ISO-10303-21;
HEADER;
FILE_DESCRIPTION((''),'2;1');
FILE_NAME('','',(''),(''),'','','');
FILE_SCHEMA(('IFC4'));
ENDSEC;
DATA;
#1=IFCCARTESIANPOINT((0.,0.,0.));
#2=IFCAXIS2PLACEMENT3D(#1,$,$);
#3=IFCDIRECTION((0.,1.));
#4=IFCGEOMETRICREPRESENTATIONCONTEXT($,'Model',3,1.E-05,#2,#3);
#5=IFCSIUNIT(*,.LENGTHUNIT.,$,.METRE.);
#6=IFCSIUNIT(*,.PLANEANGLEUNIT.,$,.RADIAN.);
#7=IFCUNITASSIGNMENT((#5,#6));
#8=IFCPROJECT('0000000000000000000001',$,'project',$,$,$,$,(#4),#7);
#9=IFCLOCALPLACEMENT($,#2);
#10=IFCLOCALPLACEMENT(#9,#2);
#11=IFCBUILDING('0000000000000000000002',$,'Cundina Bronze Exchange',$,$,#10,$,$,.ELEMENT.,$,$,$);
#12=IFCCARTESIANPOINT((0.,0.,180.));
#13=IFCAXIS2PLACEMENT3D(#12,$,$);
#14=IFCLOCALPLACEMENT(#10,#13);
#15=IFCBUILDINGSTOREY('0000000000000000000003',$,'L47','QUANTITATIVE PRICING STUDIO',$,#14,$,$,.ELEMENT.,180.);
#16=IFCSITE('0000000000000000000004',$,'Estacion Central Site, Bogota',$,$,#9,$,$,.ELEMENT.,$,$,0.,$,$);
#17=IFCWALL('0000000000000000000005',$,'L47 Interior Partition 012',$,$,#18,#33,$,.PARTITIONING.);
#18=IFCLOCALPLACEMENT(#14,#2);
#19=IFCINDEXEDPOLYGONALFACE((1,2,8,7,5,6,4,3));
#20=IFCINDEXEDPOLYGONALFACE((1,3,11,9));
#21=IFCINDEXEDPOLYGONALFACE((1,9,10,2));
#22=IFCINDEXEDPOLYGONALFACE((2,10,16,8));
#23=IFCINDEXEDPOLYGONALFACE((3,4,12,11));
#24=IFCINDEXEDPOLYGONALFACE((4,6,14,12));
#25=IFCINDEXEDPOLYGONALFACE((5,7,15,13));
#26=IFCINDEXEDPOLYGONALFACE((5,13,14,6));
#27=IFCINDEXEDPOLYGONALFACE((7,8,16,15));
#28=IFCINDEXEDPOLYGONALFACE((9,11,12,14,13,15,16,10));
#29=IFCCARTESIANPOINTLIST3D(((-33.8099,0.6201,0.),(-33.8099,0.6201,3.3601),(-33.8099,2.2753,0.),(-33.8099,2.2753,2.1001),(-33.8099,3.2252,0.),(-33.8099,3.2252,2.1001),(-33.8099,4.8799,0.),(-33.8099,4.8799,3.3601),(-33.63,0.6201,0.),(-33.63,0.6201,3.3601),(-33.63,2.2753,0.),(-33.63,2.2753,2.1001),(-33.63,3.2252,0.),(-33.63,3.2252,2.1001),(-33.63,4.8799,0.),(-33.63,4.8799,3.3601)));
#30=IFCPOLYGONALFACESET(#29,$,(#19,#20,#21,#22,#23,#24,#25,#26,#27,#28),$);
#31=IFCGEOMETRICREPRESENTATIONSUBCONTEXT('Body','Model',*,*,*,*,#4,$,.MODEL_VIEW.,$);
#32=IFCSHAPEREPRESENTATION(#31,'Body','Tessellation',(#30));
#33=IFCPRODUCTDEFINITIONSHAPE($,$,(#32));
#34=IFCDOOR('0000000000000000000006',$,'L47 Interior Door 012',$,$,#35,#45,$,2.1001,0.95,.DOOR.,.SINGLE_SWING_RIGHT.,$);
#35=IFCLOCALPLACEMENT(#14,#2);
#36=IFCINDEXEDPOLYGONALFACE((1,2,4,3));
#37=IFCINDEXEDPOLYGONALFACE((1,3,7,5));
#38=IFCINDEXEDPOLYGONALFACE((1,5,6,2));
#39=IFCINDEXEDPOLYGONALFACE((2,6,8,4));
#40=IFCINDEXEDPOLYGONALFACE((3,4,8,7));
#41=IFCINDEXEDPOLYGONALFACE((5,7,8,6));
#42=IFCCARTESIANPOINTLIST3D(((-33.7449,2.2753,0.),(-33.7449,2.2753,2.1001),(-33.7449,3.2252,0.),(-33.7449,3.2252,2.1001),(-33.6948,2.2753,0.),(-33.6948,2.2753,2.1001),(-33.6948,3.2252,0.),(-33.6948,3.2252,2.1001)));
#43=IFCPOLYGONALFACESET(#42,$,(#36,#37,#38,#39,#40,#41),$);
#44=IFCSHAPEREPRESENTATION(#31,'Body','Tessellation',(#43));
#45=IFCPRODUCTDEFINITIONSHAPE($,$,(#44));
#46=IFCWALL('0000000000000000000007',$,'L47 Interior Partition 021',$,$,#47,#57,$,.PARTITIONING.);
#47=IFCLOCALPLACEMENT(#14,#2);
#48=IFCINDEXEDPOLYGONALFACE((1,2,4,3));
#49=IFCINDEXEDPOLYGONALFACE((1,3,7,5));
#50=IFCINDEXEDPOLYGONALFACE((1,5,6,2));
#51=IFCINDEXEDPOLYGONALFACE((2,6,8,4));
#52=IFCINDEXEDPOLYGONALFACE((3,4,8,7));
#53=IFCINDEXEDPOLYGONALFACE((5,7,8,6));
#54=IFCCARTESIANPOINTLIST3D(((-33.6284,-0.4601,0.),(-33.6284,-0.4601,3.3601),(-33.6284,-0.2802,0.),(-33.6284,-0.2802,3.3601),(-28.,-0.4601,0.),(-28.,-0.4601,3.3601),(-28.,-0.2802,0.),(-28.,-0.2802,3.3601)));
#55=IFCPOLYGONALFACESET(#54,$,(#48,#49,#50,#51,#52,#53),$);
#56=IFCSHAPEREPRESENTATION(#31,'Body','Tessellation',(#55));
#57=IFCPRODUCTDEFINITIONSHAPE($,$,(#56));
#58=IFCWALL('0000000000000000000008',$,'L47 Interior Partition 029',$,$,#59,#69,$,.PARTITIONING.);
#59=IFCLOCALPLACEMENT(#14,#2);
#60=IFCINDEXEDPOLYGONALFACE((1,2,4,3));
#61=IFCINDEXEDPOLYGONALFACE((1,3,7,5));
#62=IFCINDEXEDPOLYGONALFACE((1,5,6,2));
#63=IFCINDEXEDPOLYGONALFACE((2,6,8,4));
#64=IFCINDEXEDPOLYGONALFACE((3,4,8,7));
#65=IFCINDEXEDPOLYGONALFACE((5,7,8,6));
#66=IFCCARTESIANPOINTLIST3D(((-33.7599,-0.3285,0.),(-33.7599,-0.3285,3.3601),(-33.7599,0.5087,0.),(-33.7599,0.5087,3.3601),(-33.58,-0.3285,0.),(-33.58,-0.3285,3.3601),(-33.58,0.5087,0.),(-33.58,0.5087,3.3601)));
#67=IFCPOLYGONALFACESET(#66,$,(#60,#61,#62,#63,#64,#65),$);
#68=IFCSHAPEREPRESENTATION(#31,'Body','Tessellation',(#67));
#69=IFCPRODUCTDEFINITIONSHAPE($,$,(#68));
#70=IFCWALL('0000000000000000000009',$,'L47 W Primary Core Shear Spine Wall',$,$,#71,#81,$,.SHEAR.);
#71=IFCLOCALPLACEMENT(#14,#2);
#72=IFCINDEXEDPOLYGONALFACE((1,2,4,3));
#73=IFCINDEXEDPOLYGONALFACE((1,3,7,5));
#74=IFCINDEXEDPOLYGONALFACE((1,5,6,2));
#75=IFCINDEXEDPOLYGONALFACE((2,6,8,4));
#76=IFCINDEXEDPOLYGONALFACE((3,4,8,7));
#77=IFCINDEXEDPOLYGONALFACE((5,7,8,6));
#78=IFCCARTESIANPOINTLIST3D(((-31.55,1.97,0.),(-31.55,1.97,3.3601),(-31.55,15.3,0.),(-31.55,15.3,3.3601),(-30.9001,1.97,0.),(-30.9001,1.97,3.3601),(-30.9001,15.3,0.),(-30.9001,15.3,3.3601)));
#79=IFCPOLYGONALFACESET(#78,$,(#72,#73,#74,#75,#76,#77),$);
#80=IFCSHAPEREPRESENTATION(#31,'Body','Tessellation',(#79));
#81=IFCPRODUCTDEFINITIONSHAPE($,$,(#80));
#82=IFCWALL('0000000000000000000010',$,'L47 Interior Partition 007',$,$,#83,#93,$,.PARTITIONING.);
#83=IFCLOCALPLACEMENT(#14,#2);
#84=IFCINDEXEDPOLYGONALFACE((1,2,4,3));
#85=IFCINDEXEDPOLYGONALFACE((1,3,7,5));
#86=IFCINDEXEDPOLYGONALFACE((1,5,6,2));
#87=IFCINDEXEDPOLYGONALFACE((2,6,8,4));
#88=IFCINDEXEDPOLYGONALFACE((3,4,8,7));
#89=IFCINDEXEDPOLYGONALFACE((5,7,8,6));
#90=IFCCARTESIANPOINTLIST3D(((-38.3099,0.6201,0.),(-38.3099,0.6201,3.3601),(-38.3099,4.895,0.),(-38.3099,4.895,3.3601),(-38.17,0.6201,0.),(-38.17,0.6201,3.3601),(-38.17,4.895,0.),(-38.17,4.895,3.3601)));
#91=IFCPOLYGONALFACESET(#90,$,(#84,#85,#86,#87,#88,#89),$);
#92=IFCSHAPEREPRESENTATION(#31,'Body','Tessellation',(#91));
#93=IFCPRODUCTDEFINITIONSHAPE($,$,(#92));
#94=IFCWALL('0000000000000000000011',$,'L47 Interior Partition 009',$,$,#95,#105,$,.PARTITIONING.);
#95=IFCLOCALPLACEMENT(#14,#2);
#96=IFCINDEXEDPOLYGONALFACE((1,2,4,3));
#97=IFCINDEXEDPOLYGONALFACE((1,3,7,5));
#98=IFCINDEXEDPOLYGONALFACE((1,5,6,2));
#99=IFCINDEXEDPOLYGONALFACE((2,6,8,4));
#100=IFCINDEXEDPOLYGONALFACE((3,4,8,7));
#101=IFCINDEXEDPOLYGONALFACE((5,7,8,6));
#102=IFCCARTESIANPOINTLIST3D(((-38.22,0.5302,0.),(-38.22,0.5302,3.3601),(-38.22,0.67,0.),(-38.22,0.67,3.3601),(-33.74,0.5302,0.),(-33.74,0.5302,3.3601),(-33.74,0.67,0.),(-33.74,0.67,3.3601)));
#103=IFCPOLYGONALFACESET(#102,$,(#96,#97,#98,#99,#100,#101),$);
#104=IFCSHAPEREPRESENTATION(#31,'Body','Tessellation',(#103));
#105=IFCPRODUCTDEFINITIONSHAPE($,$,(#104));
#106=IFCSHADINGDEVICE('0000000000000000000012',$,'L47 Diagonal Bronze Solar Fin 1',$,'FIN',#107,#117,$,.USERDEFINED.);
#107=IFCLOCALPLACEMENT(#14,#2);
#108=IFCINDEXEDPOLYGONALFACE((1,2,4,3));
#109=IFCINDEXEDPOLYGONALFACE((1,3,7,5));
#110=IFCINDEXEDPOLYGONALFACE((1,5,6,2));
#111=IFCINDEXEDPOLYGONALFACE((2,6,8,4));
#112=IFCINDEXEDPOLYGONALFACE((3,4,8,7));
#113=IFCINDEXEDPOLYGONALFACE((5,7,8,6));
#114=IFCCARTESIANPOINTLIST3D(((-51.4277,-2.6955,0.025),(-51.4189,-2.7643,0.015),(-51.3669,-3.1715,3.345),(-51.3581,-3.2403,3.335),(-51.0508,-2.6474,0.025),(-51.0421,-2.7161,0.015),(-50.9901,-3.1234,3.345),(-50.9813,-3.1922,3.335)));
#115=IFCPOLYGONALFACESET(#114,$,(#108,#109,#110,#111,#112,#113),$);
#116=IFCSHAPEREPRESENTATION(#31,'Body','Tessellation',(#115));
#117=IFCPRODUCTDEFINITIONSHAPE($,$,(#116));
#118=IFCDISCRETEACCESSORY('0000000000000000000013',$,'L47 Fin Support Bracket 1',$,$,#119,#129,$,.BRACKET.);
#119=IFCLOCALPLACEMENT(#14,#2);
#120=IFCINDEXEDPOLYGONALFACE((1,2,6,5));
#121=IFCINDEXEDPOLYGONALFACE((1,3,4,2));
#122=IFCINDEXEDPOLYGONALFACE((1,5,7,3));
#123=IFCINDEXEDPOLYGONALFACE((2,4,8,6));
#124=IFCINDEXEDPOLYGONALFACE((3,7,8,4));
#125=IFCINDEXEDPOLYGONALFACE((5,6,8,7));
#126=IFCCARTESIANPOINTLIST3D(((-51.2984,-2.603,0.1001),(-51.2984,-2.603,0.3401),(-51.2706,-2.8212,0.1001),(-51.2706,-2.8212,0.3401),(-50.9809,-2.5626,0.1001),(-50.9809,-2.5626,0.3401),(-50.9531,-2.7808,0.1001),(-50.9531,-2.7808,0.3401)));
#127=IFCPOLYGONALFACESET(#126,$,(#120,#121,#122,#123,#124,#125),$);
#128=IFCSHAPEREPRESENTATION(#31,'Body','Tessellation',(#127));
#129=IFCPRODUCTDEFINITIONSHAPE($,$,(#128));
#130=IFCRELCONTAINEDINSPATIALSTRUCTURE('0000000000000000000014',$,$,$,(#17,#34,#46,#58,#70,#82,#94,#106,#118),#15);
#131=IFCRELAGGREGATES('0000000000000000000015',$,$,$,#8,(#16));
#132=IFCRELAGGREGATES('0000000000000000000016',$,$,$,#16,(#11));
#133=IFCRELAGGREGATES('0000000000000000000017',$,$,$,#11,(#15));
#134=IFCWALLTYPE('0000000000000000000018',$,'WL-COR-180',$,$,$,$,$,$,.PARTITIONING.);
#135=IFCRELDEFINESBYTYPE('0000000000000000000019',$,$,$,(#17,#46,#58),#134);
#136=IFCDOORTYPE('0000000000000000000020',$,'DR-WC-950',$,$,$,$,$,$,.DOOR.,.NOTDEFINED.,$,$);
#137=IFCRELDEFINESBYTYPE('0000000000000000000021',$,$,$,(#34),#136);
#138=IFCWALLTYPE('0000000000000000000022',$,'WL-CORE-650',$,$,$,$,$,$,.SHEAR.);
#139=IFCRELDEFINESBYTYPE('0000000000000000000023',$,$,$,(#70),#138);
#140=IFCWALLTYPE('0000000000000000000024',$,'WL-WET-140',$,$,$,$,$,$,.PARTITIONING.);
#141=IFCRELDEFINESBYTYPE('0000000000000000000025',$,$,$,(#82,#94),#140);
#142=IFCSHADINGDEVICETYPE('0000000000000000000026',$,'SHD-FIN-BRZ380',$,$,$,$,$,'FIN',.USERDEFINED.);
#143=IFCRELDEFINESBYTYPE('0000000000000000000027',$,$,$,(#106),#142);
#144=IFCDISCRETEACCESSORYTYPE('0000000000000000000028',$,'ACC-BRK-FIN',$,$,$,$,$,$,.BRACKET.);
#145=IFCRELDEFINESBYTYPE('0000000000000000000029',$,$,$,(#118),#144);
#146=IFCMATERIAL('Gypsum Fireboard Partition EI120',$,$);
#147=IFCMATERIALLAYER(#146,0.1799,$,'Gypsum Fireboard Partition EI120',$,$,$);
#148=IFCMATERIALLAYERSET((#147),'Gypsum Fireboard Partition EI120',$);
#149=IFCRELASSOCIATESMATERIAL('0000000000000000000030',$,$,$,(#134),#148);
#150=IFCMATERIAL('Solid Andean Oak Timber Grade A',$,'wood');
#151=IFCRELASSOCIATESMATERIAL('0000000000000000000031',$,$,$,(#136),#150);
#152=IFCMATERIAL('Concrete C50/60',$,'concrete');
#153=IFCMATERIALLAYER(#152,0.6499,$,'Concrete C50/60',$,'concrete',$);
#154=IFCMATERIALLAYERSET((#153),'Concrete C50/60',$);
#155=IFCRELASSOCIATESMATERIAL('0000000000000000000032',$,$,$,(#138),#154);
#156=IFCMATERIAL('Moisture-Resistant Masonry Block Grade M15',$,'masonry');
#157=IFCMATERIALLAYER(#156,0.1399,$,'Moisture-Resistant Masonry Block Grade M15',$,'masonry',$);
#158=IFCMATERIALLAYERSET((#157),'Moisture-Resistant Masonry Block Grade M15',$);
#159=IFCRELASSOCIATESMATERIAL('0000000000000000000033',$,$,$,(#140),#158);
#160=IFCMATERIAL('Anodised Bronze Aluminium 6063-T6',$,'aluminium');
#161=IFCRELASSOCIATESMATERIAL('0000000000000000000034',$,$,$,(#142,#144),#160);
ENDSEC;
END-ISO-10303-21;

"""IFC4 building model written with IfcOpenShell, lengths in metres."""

from ifc_helpers import new_model, si_unit, direction, frame, frame_2d, origin, origin_2d, place, context, subcontext, project, spatial, rectangle, extrude, material, layer, layer_set, material_profile, profile_set, type_object, element, fill, save


model = new_model("IFC4")

# Units and contexts
model_context = context("Model", 3, precision=1e-05, world=origin(), true_north=direction((0.0, 1.0)))
body_context = subcontext(model_context, "Body", "Model", "MODEL_VIEW")
ifc_project = project(units=[si_unit("LENGTHUNIT", "METRE"), si_unit("PLANEANGLEUNIT", "RADIAN")], contexts=[model_context])

# Site, building, storey
site_placement = place(None, origin())
site = spatial("IfcSite", under=ifc_project, at=site_placement, Name="Estacion Central Site, Bogota", CompositionType="ELEMENT", RefElevation=0.0)
building_placement = place(site_placement, origin())
building = spatial("IfcBuilding", under=site, at=building_placement, Name="Cundina Bronze Exchange", CompositionType="ELEMENT")
storey_placement = place(building_placement, frame((0.0, 0.0, 180.0)))
storey = spatial("IfcBuildingStorey", under=building, at=storey_placement, Name="L47", Description="QUANTITATIVE PRICING STUDIO", CompositionType="ELEMENT", Elevation=180.0)

# Shared definitions
ifc_material_1 = material(Name="Concrete C50/60", Category="concrete")

# Shared definitions
ifc_material_2 = material(Name="Anodised Bronze Aluminium 6063-T6", Category="aluminium")

# Wall, opening, door
ifc_material_3 = material(Name="Gypsum Fireboard Partition EI120")
ifc_layer_1 = layer(ifc_material_3, 0.1799, Name="Gypsum Fireboard Partition EI120")
ifc_layer_set_1 = layer_set([ifc_layer_1], Name="Gypsum Fireboard Partition EI120")
wall_type_1 = type_object("IfcWallType", Name="WL-COR-180", PredefinedType="PARTITIONING", material=ifc_layer_set_1)
wall_1_placement = place(storey_placement, frame((-33.72, 0.6201, 0.0), z_axis=(0.0, 0.0, 1.0), x_axis=(0.0, 1.0, 0.0)))
wall_1 = element("IfcWall", 1, at=wall_1_placement, inside=storey, type_object=wall_type_1, Name="L47 Interior Partition 012", PredefinedType="PARTITIONING", context=body_context, shape_type="SweptSolid", body=[
    extrude(rectangle(XDim=4.2598, YDim=0.1799, at=frame_2d((2.1299, 0.0))), origin(), (0.0, 0.0, 1.0), 3.3601),
])
opening_1_placement = place(wall_1_placement, frame((1.655, 0.0, 0.0)))
opening_1 = element("IfcOpeningElement", 2, at=opening_1_placement, cuts=wall_1, PredefinedType="OPENING", context=body_context, shape_type="SweptSolid", body=[
    extrude(rectangle(XDim=0.95, YDim=2.1001, at=frame_2d((0.4751, 1.05))), frame((0.0, 0.0999, 0.0), z_axis=(0.0, -1.0, 0.0), x_axis=(1.0, 0.0, 0.0)), (0.0, 0.0, 1.0), 0.2),
])
ifc_material_4 = material(Name="Solid Andean Oak Timber Grade A", Category="wood")
door_type_1 = type_object("IfcDoorType", Name="DR-WC-950", OperationType="NOTDEFINED", PredefinedType="DOOR", material=ifc_material_4)
door_1_placement = place(opening_1_placement, origin())
door_1 = element("IfcDoor", 3, at=door_1_placement, inside=storey, type_object=door_type_1, Name="L47 Interior Door 012", OperationType="SINGLE_SWING_RIGHT", OverallHeight=2.1001, OverallWidth=0.95, PredefinedType="DOOR", context=body_context, shape_type="SweptSolid", body=[
    extrude(rectangle(XDim=0.95, YDim=2.1001, at=frame_2d((0.4751, 1.05))), frame((0.0, 0.0249, 0.0), z_axis=(0.0, -1.0, 0.0), x_axis=(1.0, 0.0, 0.0)), (0.0, 0.0, 1.0), 0.05),
])
fill(opening_1, door_1)

# Walls
wall_2_placement = place(storey_placement, frame((-33.6284, -0.3701, 0.0), z_axis=(0.0, 0.0, 1.0), x_axis=(1.0, 0.0, 0.0)))
element("IfcWall", 4, at=wall_2_placement, inside=storey, type_object=wall_type_1, Name="L47 Interior Partition 021", PredefinedType="PARTITIONING", context=body_context, shape_type="SweptSolid", body=[
    extrude(rectangle(XDim=5.6284, YDim=0.1799, at=frame_2d((2.8142, 0.0))), origin(), (0.0, 0.0, 1.0), 3.3601),
])
wall_3_placement = place(storey_placement, frame((-33.6699, 0.5085, 0.0), z_axis=(0.0, 0.0, 1.0), x_axis=(0.0, -1.0, 0.0)))
element("IfcWall", 5, at=wall_3_placement, inside=storey, type_object=wall_type_1, Name="L47 Interior Partition 029", PredefinedType="PARTITIONING", context=body_context, shape_type="SweptSolid", body=[
    extrude(rectangle(XDim=0.8372, YDim=0.1799, at=frame_2d((0.4185, 0.0))), origin(), (0.0, 0.0, 1.0), 3.3601),
])
ifc_layer_2 = layer(ifc_material_1, 0.6499, Name="Concrete C50/60", Category="concrete")
ifc_layer_set_2 = layer_set([ifc_layer_2], Name="Concrete C50/60")
wall_type_2 = type_object("IfcWallType", Name="WL-CORE-650", PredefinedType="SHEAR", material=ifc_layer_set_2)
wall_4_placement = place(storey_placement, frame((-31.2251, 1.97, 0.0), z_axis=(0.0, 0.0, 1.0), x_axis=(0.0, 1.0, 0.0)))
element("IfcWall", 6, at=wall_4_placement, inside=storey, type_object=wall_type_2, Name="L47 W Primary Core Shear Spine Wall", PredefinedType="SHEAR", context=body_context, shape_type="SweptSolid", body=[
    extrude(rectangle(XDim=13.3301, YDim=0.6499, at=frame_2d((6.665, 0.0))), origin(), (0.0, 0.0, 1.0), 3.3601),
])
ifc_material_5 = material(Name="Moisture-Resistant Masonry Block Grade M15", Category="masonry")
ifc_layer_3 = layer(ifc_material_5, 0.1399, Name="Moisture-Resistant Masonry Block Grade M15", Category="masonry")
ifc_layer_set_3 = layer_set([ifc_layer_3], Name="Moisture-Resistant Masonry Block Grade M15")
wall_type_3 = type_object("IfcWallType", Name="WL-WET-140", PredefinedType="PARTITIONING", material=ifc_layer_set_3)
wall_5_placement = place(storey_placement, frame((-38.24, 0.6201, 0.0), z_axis=(0.0, 0.0, 1.0), x_axis=(0.0, 1.0, 0.0)))
element("IfcWall", 7, at=wall_5_placement, inside=storey, type_object=wall_type_3, Name="L47 Interior Partition 007", PredefinedType="PARTITIONING", context=body_context, shape_type="SweptSolid", body=[
    extrude(rectangle(XDim=4.2749, YDim=0.1399, at=frame_2d((2.1375, 0.0))), origin(), (0.0, 0.0, 1.0), 3.3601),
])
wall_6_placement = place(storey_placement, frame((-38.22, 0.6001, 0.0), z_axis=(0.0, 0.0, 1.0), x_axis=(1.0, 0.0, 0.0)))
element("IfcWall", 8, at=wall_6_placement, inside=storey, type_object=wall_type_3, Name="L47 Interior Partition 009", PredefinedType="PARTITIONING", context=body_context, shape_type="SweptSolid", body=[
    extrude(rectangle(XDim=4.48, YDim=0.1399, at=frame_2d((2.24, 0.0))), origin(), (0.0, 0.0, 1.0), 3.3601),
])

# Shading device
ifc_material_profile_1 = material_profile(ifc_material_2, rectangle(XDim=0.0701, YDim=0.3799, at=origin_2d()), Name="FIN70X380", Category="aluminium")
ifc_profile_set_1 = profile_set([ifc_material_profile_1], Name="Anodised Bronze Aluminium 6063-T6")
shading_device_type = type_object("IfcShadingDeviceType", Name="SHD-FIN-BRZ380", ElementType="FIN", PredefinedType="USERDEFINED", material=ifc_profile_set_1)
shading_device_placement = place(storey_placement, frame((-51.2349, -2.7058, 0.02), z_axis=(0.018122, -0.141918, 0.989713), x_axis=(-0.125361, 0.981741, 0.14307)))
element("IfcShadingDevice", 9, at=shading_device_placement, inside=storey, type_object=shading_device_type, Name="L47 Diagonal Bronze Solar Fin 1", ObjectType="FIN", PredefinedType="USERDEFINED", context=body_context, shape_type="SweptSolid", body=[
    extrude(rectangle(XDim=0.0701, YDim=0.3799, at=origin_2d()), origin(), (0.0, 0.0, 1.0), 3.3545),
])

# Discrete accessory
discrete_accessory_type = type_object("IfcDiscreteAccessoryType", Name="ACC-BRK-FIN", PredefinedType="BRACKET", material=ifc_material_2)
discrete_accessory_placement = place(storey_placement, frame((-51.1257, -2.6919, 0.1001), z_axis=(0.0, 0.0, 1.0), x_axis=(0.126476, -0.99197, 0.0)))
element("IfcDiscreteAccessory", 10, at=discrete_accessory_placement, inside=storey, type_object=discrete_accessory_type, Name="L47 Fin Support Bracket 1", PredefinedType="BRACKET", context=body_context, shape_type="SweptSolid", body=[
    extrude(rectangle(XDim=0.22, YDim=0.3201, at=origin_2d()), origin(), (0.0, 0.0, 1.0), 0.24),
])

save(model, "model.ifc")
